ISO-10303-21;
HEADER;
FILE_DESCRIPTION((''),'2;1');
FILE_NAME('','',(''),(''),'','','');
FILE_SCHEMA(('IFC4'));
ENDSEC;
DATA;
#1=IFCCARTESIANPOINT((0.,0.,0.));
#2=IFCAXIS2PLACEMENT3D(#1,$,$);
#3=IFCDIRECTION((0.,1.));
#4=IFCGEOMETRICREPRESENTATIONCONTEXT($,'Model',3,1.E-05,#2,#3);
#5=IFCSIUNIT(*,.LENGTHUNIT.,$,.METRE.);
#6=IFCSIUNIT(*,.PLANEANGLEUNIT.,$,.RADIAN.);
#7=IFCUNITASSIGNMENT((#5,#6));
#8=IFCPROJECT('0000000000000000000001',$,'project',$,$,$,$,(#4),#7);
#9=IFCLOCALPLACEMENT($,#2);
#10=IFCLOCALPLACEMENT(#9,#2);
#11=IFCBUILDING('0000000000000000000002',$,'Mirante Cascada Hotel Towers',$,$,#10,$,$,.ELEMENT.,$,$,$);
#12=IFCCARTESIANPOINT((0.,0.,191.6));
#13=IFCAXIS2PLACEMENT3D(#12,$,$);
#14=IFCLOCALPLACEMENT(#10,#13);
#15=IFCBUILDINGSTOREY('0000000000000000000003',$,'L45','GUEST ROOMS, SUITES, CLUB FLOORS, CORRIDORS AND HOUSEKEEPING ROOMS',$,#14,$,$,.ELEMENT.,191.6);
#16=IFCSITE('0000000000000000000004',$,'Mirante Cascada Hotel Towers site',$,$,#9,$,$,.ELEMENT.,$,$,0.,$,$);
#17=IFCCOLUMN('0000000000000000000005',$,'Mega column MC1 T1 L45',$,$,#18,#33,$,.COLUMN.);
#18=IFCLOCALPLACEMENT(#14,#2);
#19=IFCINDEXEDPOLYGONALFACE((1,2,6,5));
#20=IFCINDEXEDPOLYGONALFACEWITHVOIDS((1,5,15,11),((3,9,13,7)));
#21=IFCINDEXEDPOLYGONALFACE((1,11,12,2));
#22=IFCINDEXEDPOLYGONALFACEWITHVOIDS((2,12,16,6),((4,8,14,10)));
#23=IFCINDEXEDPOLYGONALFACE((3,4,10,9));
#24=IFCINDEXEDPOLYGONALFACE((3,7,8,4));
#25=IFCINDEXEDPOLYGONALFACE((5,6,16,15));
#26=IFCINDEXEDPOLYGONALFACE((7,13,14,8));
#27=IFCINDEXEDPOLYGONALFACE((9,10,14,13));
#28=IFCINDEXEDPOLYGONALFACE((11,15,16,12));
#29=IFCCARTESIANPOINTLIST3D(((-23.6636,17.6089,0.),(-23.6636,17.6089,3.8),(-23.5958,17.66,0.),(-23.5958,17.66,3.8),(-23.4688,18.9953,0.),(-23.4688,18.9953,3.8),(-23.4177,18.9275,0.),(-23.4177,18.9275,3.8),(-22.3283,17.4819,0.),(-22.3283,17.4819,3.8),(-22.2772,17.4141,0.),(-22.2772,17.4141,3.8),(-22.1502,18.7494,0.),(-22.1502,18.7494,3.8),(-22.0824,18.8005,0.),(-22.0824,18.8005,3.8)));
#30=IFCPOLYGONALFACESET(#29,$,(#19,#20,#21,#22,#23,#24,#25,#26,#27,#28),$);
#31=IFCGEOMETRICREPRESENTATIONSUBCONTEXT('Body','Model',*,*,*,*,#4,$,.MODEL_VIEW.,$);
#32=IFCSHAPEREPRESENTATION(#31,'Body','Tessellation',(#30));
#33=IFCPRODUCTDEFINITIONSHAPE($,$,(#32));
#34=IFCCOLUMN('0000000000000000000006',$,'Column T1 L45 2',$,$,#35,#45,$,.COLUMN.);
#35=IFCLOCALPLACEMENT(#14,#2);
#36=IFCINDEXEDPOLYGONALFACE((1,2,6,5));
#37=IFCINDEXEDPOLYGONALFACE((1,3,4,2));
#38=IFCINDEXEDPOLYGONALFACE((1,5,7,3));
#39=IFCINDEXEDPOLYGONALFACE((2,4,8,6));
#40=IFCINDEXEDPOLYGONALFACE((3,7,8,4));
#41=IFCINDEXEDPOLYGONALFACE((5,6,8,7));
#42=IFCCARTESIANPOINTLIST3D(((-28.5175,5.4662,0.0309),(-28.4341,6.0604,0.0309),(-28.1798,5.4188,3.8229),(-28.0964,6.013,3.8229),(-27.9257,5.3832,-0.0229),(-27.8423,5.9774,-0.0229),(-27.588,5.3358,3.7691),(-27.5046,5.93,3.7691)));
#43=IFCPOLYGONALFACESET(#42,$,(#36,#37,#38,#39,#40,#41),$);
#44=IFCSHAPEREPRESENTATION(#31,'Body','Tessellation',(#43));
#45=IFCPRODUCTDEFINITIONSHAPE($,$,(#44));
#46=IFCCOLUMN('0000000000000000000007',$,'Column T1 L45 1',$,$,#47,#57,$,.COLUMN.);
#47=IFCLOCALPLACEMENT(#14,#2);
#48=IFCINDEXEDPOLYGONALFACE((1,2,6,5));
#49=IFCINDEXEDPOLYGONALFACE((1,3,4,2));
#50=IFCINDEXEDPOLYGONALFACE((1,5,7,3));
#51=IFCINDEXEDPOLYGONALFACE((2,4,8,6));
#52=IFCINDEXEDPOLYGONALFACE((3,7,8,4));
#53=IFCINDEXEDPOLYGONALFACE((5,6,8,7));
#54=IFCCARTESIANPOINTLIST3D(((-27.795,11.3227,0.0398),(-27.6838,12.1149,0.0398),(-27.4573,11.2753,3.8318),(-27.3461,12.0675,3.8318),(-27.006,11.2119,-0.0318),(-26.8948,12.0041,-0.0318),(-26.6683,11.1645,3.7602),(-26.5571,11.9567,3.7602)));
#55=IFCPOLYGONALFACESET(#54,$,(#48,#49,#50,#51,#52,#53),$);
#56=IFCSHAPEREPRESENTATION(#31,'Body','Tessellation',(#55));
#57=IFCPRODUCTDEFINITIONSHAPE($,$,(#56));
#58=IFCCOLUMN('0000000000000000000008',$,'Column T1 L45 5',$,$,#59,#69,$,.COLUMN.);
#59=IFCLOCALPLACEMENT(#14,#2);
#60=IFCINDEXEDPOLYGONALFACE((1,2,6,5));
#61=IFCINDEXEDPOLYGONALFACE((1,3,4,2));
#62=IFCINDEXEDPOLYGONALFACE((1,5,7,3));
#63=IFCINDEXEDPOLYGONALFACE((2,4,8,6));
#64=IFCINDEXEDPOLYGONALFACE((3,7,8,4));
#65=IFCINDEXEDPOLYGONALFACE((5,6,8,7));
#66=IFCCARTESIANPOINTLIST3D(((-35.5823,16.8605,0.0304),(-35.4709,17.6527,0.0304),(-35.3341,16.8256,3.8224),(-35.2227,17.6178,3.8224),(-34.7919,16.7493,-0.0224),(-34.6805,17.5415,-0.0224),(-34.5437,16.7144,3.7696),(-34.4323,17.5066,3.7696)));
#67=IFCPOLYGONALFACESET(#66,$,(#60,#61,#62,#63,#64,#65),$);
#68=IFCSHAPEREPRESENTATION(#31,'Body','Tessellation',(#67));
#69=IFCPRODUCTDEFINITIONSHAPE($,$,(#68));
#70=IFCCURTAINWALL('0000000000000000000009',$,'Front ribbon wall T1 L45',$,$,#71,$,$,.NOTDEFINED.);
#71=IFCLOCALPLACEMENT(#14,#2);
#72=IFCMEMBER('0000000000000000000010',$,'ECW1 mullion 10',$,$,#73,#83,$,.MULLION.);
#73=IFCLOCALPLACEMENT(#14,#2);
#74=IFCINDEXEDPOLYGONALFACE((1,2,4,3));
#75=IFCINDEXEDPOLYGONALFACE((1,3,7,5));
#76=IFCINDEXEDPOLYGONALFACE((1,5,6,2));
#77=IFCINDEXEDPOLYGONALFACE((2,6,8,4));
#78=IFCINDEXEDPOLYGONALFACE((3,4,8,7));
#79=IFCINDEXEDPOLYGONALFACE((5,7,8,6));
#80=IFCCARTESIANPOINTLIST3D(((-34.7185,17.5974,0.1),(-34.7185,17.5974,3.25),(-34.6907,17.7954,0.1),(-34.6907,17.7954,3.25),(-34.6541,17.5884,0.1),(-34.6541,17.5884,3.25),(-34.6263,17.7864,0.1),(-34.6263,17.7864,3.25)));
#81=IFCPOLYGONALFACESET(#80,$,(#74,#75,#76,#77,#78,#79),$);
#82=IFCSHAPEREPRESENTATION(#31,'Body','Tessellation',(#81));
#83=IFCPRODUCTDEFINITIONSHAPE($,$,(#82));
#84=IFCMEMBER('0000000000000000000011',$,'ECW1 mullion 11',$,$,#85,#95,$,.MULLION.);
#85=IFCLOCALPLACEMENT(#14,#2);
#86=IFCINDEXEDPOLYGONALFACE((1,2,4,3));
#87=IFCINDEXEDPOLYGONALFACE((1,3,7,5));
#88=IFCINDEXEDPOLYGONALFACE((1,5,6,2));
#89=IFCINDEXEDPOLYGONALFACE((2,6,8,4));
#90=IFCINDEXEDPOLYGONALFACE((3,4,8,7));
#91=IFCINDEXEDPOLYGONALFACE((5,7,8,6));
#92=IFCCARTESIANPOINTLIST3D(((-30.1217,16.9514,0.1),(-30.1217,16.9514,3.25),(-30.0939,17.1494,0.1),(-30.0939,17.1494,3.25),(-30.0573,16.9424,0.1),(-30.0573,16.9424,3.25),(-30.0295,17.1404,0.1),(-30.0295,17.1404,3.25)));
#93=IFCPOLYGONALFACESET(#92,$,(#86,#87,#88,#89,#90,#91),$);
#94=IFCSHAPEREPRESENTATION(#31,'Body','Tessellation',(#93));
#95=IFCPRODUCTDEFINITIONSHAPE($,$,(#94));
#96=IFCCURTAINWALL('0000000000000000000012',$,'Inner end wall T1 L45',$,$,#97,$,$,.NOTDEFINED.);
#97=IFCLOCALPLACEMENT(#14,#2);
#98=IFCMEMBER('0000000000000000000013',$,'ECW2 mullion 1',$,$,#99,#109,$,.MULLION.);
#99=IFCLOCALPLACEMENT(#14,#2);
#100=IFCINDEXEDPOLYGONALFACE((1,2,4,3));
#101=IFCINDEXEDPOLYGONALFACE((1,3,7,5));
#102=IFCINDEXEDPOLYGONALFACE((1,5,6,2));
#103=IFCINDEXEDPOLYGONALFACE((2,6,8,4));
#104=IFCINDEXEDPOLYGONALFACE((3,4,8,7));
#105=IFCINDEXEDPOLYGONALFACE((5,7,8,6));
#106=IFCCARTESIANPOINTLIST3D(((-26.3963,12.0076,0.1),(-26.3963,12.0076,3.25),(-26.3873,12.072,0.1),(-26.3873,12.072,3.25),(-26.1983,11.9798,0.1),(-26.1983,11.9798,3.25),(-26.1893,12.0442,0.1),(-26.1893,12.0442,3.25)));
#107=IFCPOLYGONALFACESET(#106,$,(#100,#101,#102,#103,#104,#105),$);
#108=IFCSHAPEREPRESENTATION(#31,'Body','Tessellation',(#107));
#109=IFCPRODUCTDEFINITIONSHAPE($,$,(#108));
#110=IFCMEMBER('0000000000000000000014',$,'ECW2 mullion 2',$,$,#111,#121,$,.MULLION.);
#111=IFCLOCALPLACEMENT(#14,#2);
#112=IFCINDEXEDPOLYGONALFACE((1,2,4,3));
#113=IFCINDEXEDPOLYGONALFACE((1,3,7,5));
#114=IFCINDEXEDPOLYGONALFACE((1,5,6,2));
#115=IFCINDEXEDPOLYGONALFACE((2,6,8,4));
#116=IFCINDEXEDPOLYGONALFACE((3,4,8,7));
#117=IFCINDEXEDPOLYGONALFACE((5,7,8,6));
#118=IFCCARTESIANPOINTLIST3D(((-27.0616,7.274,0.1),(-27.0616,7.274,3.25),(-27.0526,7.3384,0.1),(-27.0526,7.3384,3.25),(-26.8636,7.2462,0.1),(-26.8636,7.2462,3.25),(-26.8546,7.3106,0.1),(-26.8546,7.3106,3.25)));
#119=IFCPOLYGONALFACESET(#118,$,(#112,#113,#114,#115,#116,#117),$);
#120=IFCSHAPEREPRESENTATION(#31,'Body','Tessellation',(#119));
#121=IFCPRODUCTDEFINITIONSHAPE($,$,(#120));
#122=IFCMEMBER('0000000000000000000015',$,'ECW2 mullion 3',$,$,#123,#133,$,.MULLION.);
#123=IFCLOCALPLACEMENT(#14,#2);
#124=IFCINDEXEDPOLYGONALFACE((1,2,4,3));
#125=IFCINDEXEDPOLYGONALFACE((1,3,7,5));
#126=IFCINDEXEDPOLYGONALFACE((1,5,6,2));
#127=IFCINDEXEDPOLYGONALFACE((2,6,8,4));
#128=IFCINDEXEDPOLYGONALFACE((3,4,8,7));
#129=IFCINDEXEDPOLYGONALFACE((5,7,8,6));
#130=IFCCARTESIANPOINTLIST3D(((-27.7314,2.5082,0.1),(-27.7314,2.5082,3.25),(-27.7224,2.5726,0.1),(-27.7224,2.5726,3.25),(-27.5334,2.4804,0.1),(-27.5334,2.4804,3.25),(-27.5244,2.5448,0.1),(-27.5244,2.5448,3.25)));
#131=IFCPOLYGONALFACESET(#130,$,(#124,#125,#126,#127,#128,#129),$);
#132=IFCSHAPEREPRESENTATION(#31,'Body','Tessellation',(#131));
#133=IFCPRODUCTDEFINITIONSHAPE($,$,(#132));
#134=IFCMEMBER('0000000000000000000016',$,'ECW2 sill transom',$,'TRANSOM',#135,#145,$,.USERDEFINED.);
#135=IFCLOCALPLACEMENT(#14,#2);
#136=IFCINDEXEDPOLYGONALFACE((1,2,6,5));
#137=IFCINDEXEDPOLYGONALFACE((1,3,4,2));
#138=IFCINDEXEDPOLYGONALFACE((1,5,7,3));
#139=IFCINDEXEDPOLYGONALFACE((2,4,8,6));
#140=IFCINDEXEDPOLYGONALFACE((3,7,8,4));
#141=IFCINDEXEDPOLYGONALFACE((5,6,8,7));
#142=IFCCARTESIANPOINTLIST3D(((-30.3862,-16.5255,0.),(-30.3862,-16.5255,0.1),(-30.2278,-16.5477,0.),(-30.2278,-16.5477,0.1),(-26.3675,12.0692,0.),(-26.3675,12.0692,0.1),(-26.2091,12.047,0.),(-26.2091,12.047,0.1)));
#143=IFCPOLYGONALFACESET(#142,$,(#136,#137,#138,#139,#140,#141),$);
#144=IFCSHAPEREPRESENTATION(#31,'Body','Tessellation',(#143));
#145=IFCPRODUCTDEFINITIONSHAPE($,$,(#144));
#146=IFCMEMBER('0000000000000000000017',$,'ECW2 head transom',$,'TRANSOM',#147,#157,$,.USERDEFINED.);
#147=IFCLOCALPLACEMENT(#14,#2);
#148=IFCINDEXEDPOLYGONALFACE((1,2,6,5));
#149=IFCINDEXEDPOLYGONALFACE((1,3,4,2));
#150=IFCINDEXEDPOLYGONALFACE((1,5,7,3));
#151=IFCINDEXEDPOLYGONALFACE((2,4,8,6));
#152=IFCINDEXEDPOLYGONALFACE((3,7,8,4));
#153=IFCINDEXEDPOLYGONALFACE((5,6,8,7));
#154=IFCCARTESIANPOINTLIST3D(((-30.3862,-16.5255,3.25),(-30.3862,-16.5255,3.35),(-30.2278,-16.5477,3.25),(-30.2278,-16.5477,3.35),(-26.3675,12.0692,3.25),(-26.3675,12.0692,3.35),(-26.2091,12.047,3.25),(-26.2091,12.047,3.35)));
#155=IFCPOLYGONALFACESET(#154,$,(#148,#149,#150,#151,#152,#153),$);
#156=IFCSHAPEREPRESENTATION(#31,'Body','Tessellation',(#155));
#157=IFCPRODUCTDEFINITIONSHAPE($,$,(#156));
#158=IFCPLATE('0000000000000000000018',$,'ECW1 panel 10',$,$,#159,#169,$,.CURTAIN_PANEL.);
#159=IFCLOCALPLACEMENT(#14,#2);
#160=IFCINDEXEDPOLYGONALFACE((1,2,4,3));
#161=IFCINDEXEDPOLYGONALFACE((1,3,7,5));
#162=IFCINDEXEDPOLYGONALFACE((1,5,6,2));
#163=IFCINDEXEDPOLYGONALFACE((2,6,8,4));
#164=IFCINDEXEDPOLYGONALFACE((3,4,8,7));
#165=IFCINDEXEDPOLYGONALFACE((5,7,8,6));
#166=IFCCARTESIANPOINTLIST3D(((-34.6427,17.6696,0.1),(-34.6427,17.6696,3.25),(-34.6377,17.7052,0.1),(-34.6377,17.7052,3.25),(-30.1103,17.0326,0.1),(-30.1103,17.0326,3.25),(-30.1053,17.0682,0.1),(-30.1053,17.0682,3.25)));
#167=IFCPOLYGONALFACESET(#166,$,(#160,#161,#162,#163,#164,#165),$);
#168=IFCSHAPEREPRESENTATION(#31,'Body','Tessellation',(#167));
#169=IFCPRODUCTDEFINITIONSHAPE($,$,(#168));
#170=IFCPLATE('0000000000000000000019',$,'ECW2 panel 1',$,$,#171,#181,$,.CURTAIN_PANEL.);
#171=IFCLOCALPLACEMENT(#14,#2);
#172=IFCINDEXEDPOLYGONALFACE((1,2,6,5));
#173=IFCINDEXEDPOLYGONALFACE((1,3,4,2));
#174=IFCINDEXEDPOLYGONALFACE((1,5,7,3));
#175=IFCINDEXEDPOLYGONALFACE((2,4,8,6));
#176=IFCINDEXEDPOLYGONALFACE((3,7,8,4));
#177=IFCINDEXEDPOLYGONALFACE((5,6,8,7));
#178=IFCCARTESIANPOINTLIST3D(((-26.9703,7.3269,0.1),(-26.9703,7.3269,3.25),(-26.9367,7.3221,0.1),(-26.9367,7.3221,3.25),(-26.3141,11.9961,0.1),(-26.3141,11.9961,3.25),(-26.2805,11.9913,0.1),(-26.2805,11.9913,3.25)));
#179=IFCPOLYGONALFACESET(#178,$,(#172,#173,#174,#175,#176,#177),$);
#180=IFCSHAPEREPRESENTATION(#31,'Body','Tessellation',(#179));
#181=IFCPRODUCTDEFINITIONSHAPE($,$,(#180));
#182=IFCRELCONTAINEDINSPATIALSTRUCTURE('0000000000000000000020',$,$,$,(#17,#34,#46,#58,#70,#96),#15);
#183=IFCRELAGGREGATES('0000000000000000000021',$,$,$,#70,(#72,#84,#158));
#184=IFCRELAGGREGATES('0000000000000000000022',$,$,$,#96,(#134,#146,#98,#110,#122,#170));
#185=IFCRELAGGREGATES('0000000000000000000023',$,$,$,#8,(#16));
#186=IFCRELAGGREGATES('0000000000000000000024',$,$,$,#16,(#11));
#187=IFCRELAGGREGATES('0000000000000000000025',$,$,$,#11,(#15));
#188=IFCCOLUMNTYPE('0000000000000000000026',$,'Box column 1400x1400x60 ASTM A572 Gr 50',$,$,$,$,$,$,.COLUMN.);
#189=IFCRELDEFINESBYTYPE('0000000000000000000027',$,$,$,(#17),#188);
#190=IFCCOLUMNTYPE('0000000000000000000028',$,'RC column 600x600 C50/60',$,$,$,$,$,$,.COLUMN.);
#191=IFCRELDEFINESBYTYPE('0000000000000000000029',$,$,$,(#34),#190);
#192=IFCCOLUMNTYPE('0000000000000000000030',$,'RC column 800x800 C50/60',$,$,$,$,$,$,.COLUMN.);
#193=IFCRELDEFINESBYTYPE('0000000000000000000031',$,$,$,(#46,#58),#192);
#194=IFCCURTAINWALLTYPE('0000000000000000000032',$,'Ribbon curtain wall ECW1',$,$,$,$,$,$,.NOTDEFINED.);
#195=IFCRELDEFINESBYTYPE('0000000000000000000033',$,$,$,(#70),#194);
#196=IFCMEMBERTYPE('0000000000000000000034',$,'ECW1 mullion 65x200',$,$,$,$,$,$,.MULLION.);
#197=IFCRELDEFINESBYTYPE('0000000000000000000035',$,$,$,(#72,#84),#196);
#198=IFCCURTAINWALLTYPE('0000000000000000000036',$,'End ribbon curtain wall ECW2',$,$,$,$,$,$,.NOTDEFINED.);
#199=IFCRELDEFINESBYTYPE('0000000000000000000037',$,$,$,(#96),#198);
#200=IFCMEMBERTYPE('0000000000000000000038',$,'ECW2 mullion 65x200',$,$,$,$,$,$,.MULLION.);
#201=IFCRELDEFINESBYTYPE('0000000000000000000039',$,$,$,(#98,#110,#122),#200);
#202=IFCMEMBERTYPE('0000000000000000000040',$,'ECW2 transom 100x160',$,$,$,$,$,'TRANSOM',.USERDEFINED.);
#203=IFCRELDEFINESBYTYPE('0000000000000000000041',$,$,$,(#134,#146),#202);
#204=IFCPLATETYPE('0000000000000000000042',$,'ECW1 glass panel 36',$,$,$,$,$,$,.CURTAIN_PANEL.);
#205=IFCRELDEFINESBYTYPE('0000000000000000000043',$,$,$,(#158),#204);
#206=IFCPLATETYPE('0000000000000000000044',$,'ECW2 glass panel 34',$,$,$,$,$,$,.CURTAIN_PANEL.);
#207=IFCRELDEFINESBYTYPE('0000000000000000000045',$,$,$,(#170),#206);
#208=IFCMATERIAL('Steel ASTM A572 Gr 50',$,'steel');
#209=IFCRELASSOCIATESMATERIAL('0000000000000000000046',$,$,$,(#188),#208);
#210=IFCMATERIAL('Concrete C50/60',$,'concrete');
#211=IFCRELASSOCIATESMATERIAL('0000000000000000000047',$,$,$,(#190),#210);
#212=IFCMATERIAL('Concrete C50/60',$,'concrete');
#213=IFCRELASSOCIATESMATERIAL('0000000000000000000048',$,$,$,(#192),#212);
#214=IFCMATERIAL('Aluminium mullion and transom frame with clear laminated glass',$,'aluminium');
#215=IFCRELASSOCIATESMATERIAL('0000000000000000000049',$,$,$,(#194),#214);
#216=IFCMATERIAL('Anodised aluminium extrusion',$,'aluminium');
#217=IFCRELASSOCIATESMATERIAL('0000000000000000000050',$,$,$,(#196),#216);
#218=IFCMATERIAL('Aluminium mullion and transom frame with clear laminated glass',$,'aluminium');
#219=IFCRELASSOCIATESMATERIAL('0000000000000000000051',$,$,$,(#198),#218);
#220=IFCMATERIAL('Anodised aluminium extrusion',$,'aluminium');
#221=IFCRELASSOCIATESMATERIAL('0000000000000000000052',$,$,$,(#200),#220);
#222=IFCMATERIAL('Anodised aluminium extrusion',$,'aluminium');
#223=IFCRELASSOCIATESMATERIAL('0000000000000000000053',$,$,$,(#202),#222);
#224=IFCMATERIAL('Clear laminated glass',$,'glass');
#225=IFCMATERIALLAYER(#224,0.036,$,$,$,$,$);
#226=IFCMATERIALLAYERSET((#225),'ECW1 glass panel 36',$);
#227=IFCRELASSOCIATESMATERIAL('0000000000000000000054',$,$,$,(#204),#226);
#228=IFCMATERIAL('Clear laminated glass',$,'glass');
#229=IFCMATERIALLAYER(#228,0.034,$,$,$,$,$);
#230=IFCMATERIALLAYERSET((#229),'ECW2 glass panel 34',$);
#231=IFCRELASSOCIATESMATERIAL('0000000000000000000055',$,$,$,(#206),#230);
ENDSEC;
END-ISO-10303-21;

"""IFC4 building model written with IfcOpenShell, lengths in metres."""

from ifc_helpers import new_model, si_unit, direction, frame, origin, origin_2d, place, context, subcontext, project, spatial, rectangle, hollow_rectangle, extrude, material, layer, layer_set, material_profile, profile_set, type_object, element, aggregate, save


model = new_model("IFC4")

# Units and contexts
model_context = context("Model", 3, precision=1e-05, world=origin(), true_north=direction((0.0, 1.0)))
body_context = subcontext(model_context, "Body", "Model", "MODEL_VIEW")
ifc_project = project(units=[si_unit("LENGTHUNIT", "METRE"), si_unit("PLANEANGLEUNIT", "RADIAN")], contexts=[model_context])

# Site, building, storey
site_placement = place(None, origin())
site = spatial("IfcSite", under=ifc_project, at=site_placement, Name="Mirante Cascada Hotel Towers site", CompositionType="ELEMENT", RefElevation=0.0)
building_placement = place(site_placement, origin())
building = spatial("IfcBuilding", under=site, at=building_placement, Name="Mirante Cascada Hotel Towers", CompositionType="ELEMENT")
storey_placement = place(building_placement, frame((0.0, 0.0, 191.6)))
storey = spatial("IfcBuildingStorey", under=building, at=storey_placement, Name="L45", Description="GUEST ROOMS, SUITES, CLUB FLOORS, CORRIDORS AND HOUSEKEEPING ROOMS", CompositionType="ELEMENT", Elevation=191.6)

# Columns
ifc_material_1 = material(Name="Steel ASTM A572 Gr 50", Category="steel")
ifc_material_profile_1 = material_profile(ifc_material_1, hollow_rectangle(XDim=1.4, YDim=1.4, WallThickness=0.06, at=origin_2d()), Name="Box column 1400x1400x60 ASTM A572 Gr 50")
ifc_profile_set_1 = profile_set([ifc_material_profile_1], Name="Steel ASTM A572 Gr 50")
column_type_1 = type_object("IfcColumnType", Name="Box column 1400x1400x60 ASTM A572 Gr 50", PredefinedType="COLUMN", material=ifc_profile_set_1)
column_1_placement = place(storey_placement, frame((-22.873, 18.2047, 0.0), z_axis=(0.0, 0.0, 1.0), x_axis=(-0.990268, 0.139173, 0.0)))
element("IfcColumn", 1, at=column_1_placement, inside=storey, type_object=column_type_1, Name="Mega column MC1 T1 L45", PredefinedType="COLUMN", context=body_context, shape_type="SweptSolid", body=[
    extrude(hollow_rectangle(XDim=1.4, YDim=1.4, WallThickness=0.06, at=origin_2d()), origin(), (0.0, 0.0, 1.0), 3.8),
])
ifc_material_2 = material(Name="Concrete C50/60", Category="concrete")
ifc_material_profile_2 = material_profile(ifc_material_2, rectangle(XDim=0.6, YDim=0.6, at=origin_2d()), Name="RC column 600x600 C50/60")
ifc_profile_set_2 = profile_set([ifc_material_profile_2], Name="Concrete C50/60")
column_type_2 = type_object("IfcColumnType", Name="RC column 600x600 C50/60", PredefinedType="COLUMN", material=ifc_profile_set_2)
column_2_placement = place(storey_placement, frame((-28.1799, 5.7218, 0.004), z_axis=(0.088698, -0.01245, 0.995981), x_axis=(0.138999, 0.990293, 0.0)))
element("IfcColumn", 2, at=column_2_placement, inside=storey, type_object=column_type_2, Name="Column T1 L45 2", PredefinedType="COLUMN", context=body_context, shape_type="SweptSolid", body=[
    extrude(rectangle(XDim=0.6, YDim=0.6, at=origin_2d()), origin(), (0.0, 0.0, 1.0), 3.8073),
])
ifc_material_3 = material(Name="Concrete C50/60", Category="concrete")
ifc_material_profile_3 = material_profile(ifc_material_3, rectangle(XDim=0.8, YDim=0.8, at=origin_2d()), Name="RC column 800x800 C50/60")
ifc_profile_set_3 = profile_set([ifc_material_profile_3], Name="Concrete C50/60")
column_type_3 = type_object("IfcColumnType", Name="RC column 800x800 C50/60", PredefinedType="COLUMN", material=ifc_profile_set_3)
column_3_placement = place(storey_placement, frame((-27.3449, 11.6634, 0.004), z_axis=(0.088698, -0.01245, 0.995981), x_axis=(0.138999, 0.990293, 0.0)))
element("IfcColumn", 3, at=column_3_placement, inside=storey, type_object=column_type_3, Name="Column T1 L45 1", PredefinedType="COLUMN", context=body_context, shape_type="SweptSolid", body=[
    extrude(rectangle(XDim=0.8, YDim=0.8, at=origin_2d()), origin(), (0.0, 0.0, 1.0), 3.8073),
])
column_4_placement = place(storey_placement, frame((-35.1314, 17.201, 0.004), z_axis=(0.065311, -0.009184, 0.997823), x_axis=(0.139243, 0.990258, 0.0)))
element("IfcColumn", 4, at=column_4_placement, inside=storey, type_object=column_type_3, Name="Column T1 L45 5", PredefinedType="COLUMN", context=body_context, shape_type="SweptSolid", body=[
    extrude(rectangle(XDim=0.8, YDim=0.8, at=origin_2d()), origin(), (0.0, 0.0, 1.0), 3.8003),
])

# Curtain walls, members
ifc_material_4 = material(Name="Aluminium mullion and transom frame with clear laminated glass", Category="aluminium")
curtain_wall_type_1 = type_object("IfcCurtainWallType", Name="Ribbon curtain wall ECW1", PredefinedType="NOTDEFINED", material=ifc_material_4)
curtain_wall_1_placement = place(storey_placement, origin())
curtain_wall_1 = element("IfcCurtainWall", 5, at=curtain_wall_1_placement, inside=storey, type_object=curtain_wall_type_1, Name="Front ribbon wall T1 L45", PredefinedType="NOTDEFINED")
ifc_material_5 = material(Name="Anodised aluminium extrusion", Category="aluminium")
ifc_material_profile_4 = material_profile(ifc_material_5, rectangle(XDim=0.2, YDim=0.065, at=origin_2d()), Name="ECW1 MULLION 65x200")
ifc_profile_set_4 = profile_set([ifc_material_profile_4], Name="Anodised aluminium extrusion")
member_type_1 = type_object("IfcMemberType", Name="ECW1 mullion 65x200", PredefinedType="MULLION", material=ifc_profile_set_4)
member_1_placement = place(storey_placement, frame((-34.6724, 17.6919, 0.1), z_axis=(0.0, 0.0, 1.0), x_axis=(0.139173, 0.990268, 0.0)))
member_1 = element("IfcMember", 6, at=member_1_placement, type_object=member_type_1, Name="ECW1 mullion 10", PredefinedType="MULLION", context=body_context, shape_type="SweptSolid", body=[
    extrude(rectangle(XDim=0.2, YDim=0.065, at=origin_2d()), origin(), (0.0, 0.0, 1.0), 3.15),
])
member_2_placement = place(storey_placement, frame((-30.0756, 17.0459, 0.1), z_axis=(0.0, 0.0, 1.0), x_axis=(0.139173, 0.990268, 0.0)))
member_2 = element("IfcMember", 7, at=member_2_placement, type_object=member_type_1, Name="ECW1 mullion 11", PredefinedType="MULLION", context=body_context, shape_type="SweptSolid", body=[
    extrude(rectangle(XDim=0.2, YDim=0.065, at=origin_2d()), origin(), (0.0, 0.0, 1.0), 3.15),
])
ifc_material_6 = material(Name="Aluminium mullion and transom frame with clear laminated glass", Category="aluminium")
curtain_wall_type_2 = type_object("IfcCurtainWallType", Name="End ribbon curtain wall ECW2", PredefinedType="NOTDEFINED", material=ifc_material_6)
curtain_wall_2_placement = place(storey_placement, origin())
curtain_wall_2 = element("IfcCurtainWall", 8, at=curtain_wall_2_placement, inside=storey, type_object=curtain_wall_type_2, Name="Inner end wall T1 L45", PredefinedType="NOTDEFINED")
ifc_material_7 = material(Name="Anodised aluminium extrusion", Category="aluminium")
ifc_material_profile_5 = material_profile(ifc_material_7, rectangle(XDim=0.2, YDim=0.065, at=origin_2d()), Name="ECW2 MULLION 65x200")
ifc_profile_set_5 = profile_set([ifc_material_profile_5], Name="Anodised aluminium extrusion")
member_type_2 = type_object("IfcMemberType", Name="ECW2 mullion 65x200", PredefinedType="MULLION", material=ifc_profile_set_5)
member_3_placement = place(storey_placement, frame((-26.2928, 12.0259, 0.1), z_axis=(0.0, 0.0, 1.0), x_axis=(0.990268, -0.139173, 0.0)))
member_3 = element("IfcMember", 9, at=member_3_placement, type_object=member_type_2, Name="ECW2 mullion 1", PredefinedType="MULLION", context=body_context, shape_type="SweptSolid", body=[
    extrude(rectangle(XDim=0.2, YDim=0.065, at=origin_2d()), origin(), (0.0, 0.0, 1.0), 3.15),
])
member_4_placement = place(storey_placement, frame((-26.9581, 7.2923, 0.1), z_axis=(0.0, 0.0, 1.0), x_axis=(0.990268, -0.139173, 0.0)))
member_4 = element("IfcMember", 10, at=member_4_placement, type_object=member_type_2, Name="ECW2 mullion 2", PredefinedType="MULLION", context=body_context, shape_type="SweptSolid", body=[
    extrude(rectangle(XDim=0.2, YDim=0.065, at=origin_2d()), origin(), (0.0, 0.0, 1.0), 3.15),
])
member_5_placement = place(storey_placement, frame((-27.6279, 2.5265, 0.1), z_axis=(0.0, 0.0, 1.0), x_axis=(0.990268, -0.139173, 0.0)))
member_5 = element("IfcMember", 11, at=member_5_placement, type_object=member_type_2, Name="ECW2 mullion 3", PredefinedType="MULLION", context=body_context, shape_type="SweptSolid", body=[
    extrude(rectangle(XDim=0.2, YDim=0.065, at=origin_2d()), origin(), (0.0, 0.0, 1.0), 3.15),
])
ifc_material_8 = material(Name="Anodised aluminium extrusion", Category="aluminium")
ifc_material_profile_6 = material_profile(ifc_material_8, rectangle(XDim=0.16, YDim=0.1, at=origin_2d()), Name="ECW2 TRANSOM 100x160")
ifc_profile_set_6 = profile_set([ifc_material_profile_6], Name="Anodised aluminium extrusion")
member_type_3 = type_object("IfcMemberType", Name="ECW2 transom 100x160", ElementType="TRANSOM", PredefinedType="USERDEFINED", material=ifc_profile_set_6)
member_6_placement = place(storey_placement, frame((-26.2883, 12.0581, 0.05), z_axis=(-0.139172, -0.990268, 0.0), x_axis=(0.990268, -0.139172, 0.0)))
member_6 = element("IfcMember", 12, at=member_6_placement, type_object=member_type_3, Name="ECW2 sill transom", ObjectType="TRANSOM", PredefinedType="USERDEFINED", context=body_context, shape_type="SweptSolid", body=[
    extrude(rectangle(XDim=0.16, YDim=0.1, at=origin_2d()), origin(), (0.0, 0.0, 1.0), 28.8757),
])
member_7_placement = place(storey_placement, frame((-26.2883, 12.0581, 3.3), z_axis=(-0.139172, -0.990268, 0.0), x_axis=(0.990268, -0.139172, 0.0)))
member_7 = element("IfcMember", 13, at=member_7_placement, type_object=member_type_3, Name="ECW2 head transom", ObjectType="TRANSOM", PredefinedType="USERDEFINED", context=body_context, shape_type="SweptSolid", body=[
    extrude(rectangle(XDim=0.16, YDim=0.1, at=origin_2d()), origin(), (0.0, 0.0, 1.0), 28.8757),
])

# Plates
ifc_material_9 = material(Name="Clear laminated glass", Category="glass")
ifc_layer_1 = layer(ifc_material_9, 0.036)
ifc_layer_set_1 = layer_set([ifc_layer_1], Name="ECW1 glass panel 36")
plate_type_1 = type_object("IfcPlateType", Name="ECW1 glass panel 36", PredefinedType="CURTAIN_PANEL", material=ifc_layer_set_1)
plate_1_placement = place(storey_placement, frame((-32.374, 17.3689, 0.1), z_axis=(0.0, 0.0, 1.0), x_axis=(0.990268, -0.139173, 0.0)))
plate_1 = element("IfcPlate", 14, at=plate_1_placement, type_object=plate_type_1, Name="ECW1 panel 10", PredefinedType="CURTAIN_PANEL", context=body_context, shape_type="SweptSolid", body=[
    extrude(rectangle(XDim=4.577, YDim=0.036, at=origin_2d()), origin(), (0.0, 0.0, 1.0), 3.15),
])
aggregate(curtain_wall_1, [member_1, member_2, plate_1])
ifc_material_10 = material(Name="Clear laminated glass", Category="glass")
ifc_layer_2 = layer(ifc_material_10, 0.034)
ifc_layer_set_2 = layer_set([ifc_layer_2], Name="ECW2 glass panel 34")
plate_type_2 = type_object("IfcPlateType", Name="ECW2 glass panel 34", PredefinedType="CURTAIN_PANEL", material=ifc_layer_set_2)
plate_2_placement = place(storey_placement, frame((-26.6254, 9.6591, 0.1), z_axis=(0.0, 0.0, 1.0), x_axis=(-0.139173, -0.990268, 0.0)))
plate_2 = element("IfcPlate", 15, at=plate_2_placement, type_object=plate_type_2, Name="ECW2 panel 1", PredefinedType="CURTAIN_PANEL", context=body_context, shape_type="SweptSolid", body=[
    extrude(rectangle(XDim=4.7151, YDim=0.034, at=origin_2d()), origin(), (0.0, 0.0, 1.0), 3.15),
])
aggregate(curtain_wall_2, [member_6, member_7, member_3, member_4, member_5, plate_2])

save(model, "model.ifc")
